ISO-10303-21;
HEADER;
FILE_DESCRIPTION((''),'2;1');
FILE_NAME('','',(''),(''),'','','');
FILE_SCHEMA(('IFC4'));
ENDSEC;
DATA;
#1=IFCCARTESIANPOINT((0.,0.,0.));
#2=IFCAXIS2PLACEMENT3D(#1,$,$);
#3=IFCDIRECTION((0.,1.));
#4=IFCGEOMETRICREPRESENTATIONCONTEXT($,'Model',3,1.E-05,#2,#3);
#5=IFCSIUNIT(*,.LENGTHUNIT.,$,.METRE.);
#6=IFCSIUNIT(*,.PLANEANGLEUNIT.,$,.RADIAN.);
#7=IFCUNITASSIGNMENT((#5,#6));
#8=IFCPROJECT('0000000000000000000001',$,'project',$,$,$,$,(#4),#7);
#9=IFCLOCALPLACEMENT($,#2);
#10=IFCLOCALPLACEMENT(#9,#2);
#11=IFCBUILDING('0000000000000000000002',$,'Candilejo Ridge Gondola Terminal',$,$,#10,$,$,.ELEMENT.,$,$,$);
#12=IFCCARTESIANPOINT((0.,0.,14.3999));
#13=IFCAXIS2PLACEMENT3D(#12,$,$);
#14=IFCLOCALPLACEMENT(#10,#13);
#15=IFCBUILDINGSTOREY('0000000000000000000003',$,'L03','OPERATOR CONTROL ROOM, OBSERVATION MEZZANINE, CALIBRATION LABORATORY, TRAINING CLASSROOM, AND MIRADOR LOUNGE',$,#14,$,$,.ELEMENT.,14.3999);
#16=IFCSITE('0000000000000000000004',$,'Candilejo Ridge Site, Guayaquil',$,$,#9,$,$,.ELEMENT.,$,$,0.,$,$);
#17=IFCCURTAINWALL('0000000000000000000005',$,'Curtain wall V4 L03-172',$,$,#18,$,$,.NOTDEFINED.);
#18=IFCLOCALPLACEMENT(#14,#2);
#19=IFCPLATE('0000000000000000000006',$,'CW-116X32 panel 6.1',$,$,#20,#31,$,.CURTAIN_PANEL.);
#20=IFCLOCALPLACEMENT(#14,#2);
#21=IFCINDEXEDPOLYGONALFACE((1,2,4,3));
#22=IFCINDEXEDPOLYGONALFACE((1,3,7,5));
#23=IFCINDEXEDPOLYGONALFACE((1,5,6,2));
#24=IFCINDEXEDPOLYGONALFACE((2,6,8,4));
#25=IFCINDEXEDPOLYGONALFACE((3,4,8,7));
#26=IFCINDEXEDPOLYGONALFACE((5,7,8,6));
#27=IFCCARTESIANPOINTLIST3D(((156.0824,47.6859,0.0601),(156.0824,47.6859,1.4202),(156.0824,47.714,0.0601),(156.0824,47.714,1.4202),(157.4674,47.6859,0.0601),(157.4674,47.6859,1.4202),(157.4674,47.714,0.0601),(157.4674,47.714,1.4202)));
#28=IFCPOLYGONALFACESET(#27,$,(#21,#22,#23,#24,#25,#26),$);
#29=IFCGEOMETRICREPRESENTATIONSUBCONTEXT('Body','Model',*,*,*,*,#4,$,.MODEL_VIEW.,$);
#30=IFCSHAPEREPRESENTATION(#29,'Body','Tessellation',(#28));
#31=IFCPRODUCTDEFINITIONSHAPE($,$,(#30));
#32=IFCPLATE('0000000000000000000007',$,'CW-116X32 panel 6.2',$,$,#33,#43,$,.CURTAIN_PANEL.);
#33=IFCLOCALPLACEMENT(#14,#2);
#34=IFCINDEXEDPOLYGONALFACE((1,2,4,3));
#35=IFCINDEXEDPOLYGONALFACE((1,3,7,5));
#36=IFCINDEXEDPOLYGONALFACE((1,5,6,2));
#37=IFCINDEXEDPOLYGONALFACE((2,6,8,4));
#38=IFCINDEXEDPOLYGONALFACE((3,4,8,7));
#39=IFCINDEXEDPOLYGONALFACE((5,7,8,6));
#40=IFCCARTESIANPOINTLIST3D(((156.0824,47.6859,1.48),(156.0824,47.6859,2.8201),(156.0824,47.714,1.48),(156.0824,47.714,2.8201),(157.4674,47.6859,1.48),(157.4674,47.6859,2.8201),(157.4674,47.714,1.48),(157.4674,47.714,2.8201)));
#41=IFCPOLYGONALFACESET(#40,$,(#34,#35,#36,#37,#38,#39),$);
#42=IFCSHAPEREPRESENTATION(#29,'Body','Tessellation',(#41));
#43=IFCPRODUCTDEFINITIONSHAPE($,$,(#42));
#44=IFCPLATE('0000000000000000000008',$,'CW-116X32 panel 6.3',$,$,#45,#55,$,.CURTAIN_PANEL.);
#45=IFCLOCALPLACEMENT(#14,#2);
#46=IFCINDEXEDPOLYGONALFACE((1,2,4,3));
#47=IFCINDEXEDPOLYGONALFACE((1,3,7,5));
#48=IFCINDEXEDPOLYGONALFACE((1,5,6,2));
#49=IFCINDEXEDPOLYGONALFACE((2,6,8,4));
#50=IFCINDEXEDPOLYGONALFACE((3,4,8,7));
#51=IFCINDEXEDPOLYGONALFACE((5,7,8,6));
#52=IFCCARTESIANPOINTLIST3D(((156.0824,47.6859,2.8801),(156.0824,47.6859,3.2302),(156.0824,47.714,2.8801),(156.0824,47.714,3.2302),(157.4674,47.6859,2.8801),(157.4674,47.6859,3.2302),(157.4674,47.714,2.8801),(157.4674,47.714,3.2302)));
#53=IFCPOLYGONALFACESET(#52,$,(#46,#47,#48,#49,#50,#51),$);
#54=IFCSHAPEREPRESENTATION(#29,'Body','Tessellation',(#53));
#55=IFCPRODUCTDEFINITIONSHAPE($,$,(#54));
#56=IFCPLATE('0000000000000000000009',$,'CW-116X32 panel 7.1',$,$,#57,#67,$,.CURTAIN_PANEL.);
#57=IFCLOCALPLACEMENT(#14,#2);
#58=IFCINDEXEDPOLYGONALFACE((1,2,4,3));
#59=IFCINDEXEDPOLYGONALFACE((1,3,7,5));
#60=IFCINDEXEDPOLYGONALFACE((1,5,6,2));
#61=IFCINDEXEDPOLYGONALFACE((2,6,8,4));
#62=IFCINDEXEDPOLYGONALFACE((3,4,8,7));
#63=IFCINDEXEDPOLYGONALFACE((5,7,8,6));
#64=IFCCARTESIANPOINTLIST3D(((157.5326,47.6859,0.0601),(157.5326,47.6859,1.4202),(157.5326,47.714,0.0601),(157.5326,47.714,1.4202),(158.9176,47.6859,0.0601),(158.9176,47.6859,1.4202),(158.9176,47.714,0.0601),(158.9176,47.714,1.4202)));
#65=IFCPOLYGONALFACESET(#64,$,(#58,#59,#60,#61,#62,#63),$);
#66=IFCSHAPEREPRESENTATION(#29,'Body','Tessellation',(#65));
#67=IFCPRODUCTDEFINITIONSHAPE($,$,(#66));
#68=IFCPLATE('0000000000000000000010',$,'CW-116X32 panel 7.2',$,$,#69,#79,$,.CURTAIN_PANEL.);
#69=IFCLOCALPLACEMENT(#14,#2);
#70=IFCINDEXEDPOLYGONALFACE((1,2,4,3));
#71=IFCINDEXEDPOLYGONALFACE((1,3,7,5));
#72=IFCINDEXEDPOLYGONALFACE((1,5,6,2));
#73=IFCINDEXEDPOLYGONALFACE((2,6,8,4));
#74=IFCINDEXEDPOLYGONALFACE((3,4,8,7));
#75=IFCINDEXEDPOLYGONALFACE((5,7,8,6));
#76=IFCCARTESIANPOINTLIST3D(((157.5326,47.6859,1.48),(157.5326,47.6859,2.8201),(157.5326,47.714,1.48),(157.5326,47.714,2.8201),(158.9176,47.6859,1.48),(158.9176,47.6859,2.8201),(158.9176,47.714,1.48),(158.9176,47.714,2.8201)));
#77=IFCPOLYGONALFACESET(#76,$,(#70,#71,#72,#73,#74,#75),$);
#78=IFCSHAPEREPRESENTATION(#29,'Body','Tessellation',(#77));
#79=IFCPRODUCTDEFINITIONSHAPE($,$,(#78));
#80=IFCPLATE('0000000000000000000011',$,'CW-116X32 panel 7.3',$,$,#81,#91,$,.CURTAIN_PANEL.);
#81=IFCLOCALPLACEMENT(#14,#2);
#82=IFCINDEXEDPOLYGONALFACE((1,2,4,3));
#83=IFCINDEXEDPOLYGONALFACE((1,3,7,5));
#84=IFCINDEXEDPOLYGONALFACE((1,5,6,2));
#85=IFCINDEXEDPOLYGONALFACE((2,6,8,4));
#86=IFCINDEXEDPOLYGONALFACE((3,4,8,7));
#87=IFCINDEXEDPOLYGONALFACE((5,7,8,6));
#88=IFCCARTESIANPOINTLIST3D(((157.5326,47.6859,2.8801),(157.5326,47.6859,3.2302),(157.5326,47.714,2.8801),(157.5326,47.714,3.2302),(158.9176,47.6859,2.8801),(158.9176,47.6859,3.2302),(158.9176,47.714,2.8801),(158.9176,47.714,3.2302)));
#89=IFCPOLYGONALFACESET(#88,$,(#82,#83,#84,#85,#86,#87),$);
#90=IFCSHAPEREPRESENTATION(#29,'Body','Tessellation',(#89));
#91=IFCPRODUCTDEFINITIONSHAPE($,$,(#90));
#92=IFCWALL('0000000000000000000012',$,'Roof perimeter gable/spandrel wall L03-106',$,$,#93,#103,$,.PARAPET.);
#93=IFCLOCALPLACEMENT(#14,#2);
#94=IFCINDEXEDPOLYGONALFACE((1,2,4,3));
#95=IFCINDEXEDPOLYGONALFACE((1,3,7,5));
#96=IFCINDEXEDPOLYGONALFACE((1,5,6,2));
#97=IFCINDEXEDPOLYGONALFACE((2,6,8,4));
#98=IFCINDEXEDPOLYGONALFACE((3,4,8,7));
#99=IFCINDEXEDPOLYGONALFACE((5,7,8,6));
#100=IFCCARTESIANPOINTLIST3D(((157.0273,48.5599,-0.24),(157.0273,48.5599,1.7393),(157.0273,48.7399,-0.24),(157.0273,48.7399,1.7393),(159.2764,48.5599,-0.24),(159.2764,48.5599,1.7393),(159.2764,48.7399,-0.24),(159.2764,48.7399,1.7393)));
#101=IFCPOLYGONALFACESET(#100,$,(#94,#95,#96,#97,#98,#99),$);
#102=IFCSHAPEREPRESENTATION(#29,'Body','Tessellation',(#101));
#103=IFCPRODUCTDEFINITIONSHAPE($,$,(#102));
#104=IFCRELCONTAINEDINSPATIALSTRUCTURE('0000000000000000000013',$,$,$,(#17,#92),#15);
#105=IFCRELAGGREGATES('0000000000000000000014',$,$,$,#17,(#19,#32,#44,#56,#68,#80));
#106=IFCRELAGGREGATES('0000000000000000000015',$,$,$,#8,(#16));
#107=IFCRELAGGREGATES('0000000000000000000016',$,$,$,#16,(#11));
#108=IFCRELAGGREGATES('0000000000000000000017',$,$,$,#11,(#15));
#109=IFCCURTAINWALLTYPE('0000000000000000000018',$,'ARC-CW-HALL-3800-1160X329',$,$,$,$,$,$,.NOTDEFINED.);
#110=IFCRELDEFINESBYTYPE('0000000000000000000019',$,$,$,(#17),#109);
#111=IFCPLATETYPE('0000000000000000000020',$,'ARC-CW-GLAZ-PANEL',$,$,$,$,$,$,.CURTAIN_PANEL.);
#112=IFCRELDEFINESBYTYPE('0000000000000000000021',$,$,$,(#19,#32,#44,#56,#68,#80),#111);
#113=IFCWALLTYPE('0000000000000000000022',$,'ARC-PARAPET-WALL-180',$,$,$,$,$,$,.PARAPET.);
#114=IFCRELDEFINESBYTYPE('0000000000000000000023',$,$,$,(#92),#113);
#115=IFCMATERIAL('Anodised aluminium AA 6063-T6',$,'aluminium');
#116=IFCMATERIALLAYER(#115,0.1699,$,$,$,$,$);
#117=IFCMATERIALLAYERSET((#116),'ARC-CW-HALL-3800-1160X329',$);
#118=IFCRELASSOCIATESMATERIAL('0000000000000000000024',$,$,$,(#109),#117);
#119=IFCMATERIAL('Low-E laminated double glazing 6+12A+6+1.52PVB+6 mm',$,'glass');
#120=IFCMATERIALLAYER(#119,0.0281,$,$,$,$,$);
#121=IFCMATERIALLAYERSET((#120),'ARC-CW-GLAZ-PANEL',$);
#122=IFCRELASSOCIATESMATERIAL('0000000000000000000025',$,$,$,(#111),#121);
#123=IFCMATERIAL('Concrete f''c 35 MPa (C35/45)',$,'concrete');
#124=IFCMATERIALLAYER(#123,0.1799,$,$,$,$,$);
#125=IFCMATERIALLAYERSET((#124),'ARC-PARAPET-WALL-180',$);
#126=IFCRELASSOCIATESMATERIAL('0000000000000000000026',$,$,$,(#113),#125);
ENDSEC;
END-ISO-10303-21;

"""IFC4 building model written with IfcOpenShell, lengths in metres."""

from ifc_helpers import new_model, si_unit, direction, frame, frame_2d, origin, origin_2d, place, context, subcontext, project, spatial, rectangle, extrude, material, layer, layer_set, type_object, element, aggregate, save


model = new_model("IFC4")

# Units and contexts
model_context = context("Model", 3, precision=1e-05, world=origin(), true_north=direction((0.0, 1.0)))
body_context = subcontext(model_context, "Body", "Model", "MODEL_VIEW")
ifc_project = project(units=[si_unit("LENGTHUNIT", "METRE"), si_unit("PLANEANGLEUNIT", "RADIAN")], contexts=[model_context])

# Site, building, storey
site_placement = place(None, origin())
site = spatial("IfcSite", under=ifc_project, at=site_placement, Name="Candilejo Ridge Site, Guayaquil", CompositionType="ELEMENT", RefElevation=0.0)
building_placement = place(site_placement, origin())
building = spatial("IfcBuilding", under=site, at=building_placement, Name="Candilejo Ridge Gondola Terminal", CompositionType="ELEMENT")
storey_placement = place(building_placement, frame((0.0, 0.0, 14.3999)))
storey = spatial("IfcBuildingStorey", under=building, at=storey_placement, Name="L03", Description="OPERATOR CONTROL ROOM, OBSERVATION MEZZANINE, CALIBRATION LABORATORY, TRAINING CLASSROOM, AND MIRADOR LOUNGE", CompositionType="ELEMENT", Elevation=14.3999)

# Curtain wall, plates
ifc_material_1 = material(Name="Anodised aluminium AA 6063-T6", Category="aluminium")
ifc_layer_1 = layer(ifc_material_1, 0.1699)
ifc_layer_set_1 = layer_set([ifc_layer_1], Name="ARC-CW-HALL-3800-1160X329")
curtain_wall_type = type_object("IfcCurtainWallType", Name="ARC-CW-HALL-3800-1160X329", PredefinedType="NOTDEFINED", material=ifc_layer_set_1)
curtain_wall_placement = place(storey_placement, origin())
curtain_wall = element("IfcCurtainWall", 1, at=curtain_wall_placement, inside=storey, type_object=curtain_wall_type, Name="Curtain wall V4 L03-172", PredefinedType="NOTDEFINED")
ifc_material_2 = material(Name="Low-E laminated double glazing 6+12A+6+1.52PVB+6 mm", Category="glass")
ifc_layer_2 = layer(ifc_material_2, 0.0281)
ifc_layer_set_2 = layer_set([ifc_layer_2], Name="ARC-CW-GLAZ-PANEL")
plate_type = type_object("IfcPlateType", Name="ARC-CW-GLAZ-PANEL", PredefinedType="CURTAIN_PANEL", material=ifc_layer_set_2)
plate_1_placement = place(storey_placement, frame((156.7749, 47.7, 0.0601), z_axis=(0.0, 0.0, 1.0), x_axis=(1.0, 0.0, 0.0)))
plate_1 = element("IfcPlate", 2, at=plate_1_placement, type_object=plate_type, Name="CW-116X32 panel 6.1", PredefinedType="CURTAIN_PANEL", context=body_context, shape_type="SweptSolid", body=[
    extrude(rectangle(XDim=1.385, YDim=0.0281, at=origin_2d()), origin(), (0.0, 0.0, 1.0), 1.3601),
])
plate_2_placement = place(storey_placement, frame((156.7749, 47.7, 1.48), z_axis=(0.0, 0.0, 1.0), x_axis=(1.0, 0.0, 0.0)))
plate_2 = element("IfcPlate", 3, at=plate_2_placement, type_object=plate_type, Name="CW-116X32 panel 6.2", PredefinedType="CURTAIN_PANEL", context=body_context, shape_type="SweptSolid", body=[
    extrude(rectangle(XDim=1.385, YDim=0.0281, at=origin_2d()), origin(), (0.0, 0.0, 1.0), 1.3401),
])
plate_3_placement = place(storey_placement, frame((156.7749, 47.7, 2.8801), z_axis=(0.0, 0.0, 1.0), x_axis=(1.0, 0.0, 0.0)))
plate_3 = element("IfcPlate", 4, at=plate_3_placement, type_object=plate_type, Name="CW-116X32 panel 6.3", PredefinedType="CURTAIN_PANEL", context=body_context, shape_type="SweptSolid", body=[
    extrude(rectangle(XDim=1.385, YDim=0.0281, at=origin_2d()), origin(), (0.0, 0.0, 1.0), 0.3501),
])
plate_4_placement = place(storey_placement, frame((158.2251, 47.7, 0.0601), z_axis=(0.0, 0.0, 1.0), x_axis=(1.0, 0.0, 0.0)))
plate_4 = element("IfcPlate", 5, at=plate_4_placement, type_object=plate_type, Name="CW-116X32 panel 7.1", PredefinedType="CURTAIN_PANEL", context=body_context, shape_type="SweptSolid", body=[
    extrude(rectangle(XDim=1.385, YDim=0.0281, at=origin_2d()), origin(), (0.0, 0.0, 1.0), 1.3601),
])
plate_5_placement = place(storey_placement, frame((158.2251, 47.7, 1.48), z_axis=(0.0, 0.0, 1.0), x_axis=(1.0, 0.0, 0.0)))
plate_5 = element("IfcPlate", 6, at=plate_5_placement, type_object=plate_type, Name="CW-116X32 panel 7.2", PredefinedType="CURTAIN_PANEL", context=body_context, shape_type="SweptSolid", body=[
    extrude(rectangle(XDim=1.385, YDim=0.0281, at=origin_2d()), origin(), (0.0, 0.0, 1.0), 1.3401),
])
plate_6_placement = place(storey_placement, frame((158.2251, 47.7, 2.8801), z_axis=(0.0, 0.0, 1.0), x_axis=(1.0, 0.0, 0.0)))
plate_6 = element("IfcPlate", 7, at=plate_6_placement, type_object=plate_type, Name="CW-116X32 panel 7.3", PredefinedType="CURTAIN_PANEL", context=body_context, shape_type="SweptSolid", body=[
    extrude(rectangle(XDim=1.385, YDim=0.0281, at=origin_2d()), origin(), (0.0, 0.0, 1.0), 0.3501),
])
aggregate(curtain_wall, [plate_1, plate_2, plate_3, plate_4, plate_5, plate_6])

# Wall
ifc_material_3 = material(Name="Concrete f'c 35 MPa (C35/45)", Category="concrete")
ifc_layer_3 = layer(ifc_material_3, 0.1799)
ifc_layer_set_3 = layer_set([ifc_layer_3], Name="ARC-PARAPET-WALL-180")
wall_type = type_object("IfcWallType", Name="ARC-PARAPET-WALL-180", PredefinedType="PARAPET", material=ifc_layer_set_3)
wall_placement = place(storey_placement, frame((157.0273, 48.6499, -0.24), z_axis=(0.0, 0.0, 1.0), x_axis=(1.0, 0.0, 0.0)))
element("IfcWall", 8, at=wall_placement, inside=storey, type_object=wall_type, Name="Roof perimeter gable/spandrel wall L03-106", PredefinedType="PARAPET", context=body_context, shape_type="SweptSolid", body=[
    extrude(rectangle(XDim=2.249, YDim=0.1799, at=frame_2d((1.1245, 0.0))), origin(), (0.0, 0.0, 1.0), 1.9792),
])

save(model, "model.ifc")
